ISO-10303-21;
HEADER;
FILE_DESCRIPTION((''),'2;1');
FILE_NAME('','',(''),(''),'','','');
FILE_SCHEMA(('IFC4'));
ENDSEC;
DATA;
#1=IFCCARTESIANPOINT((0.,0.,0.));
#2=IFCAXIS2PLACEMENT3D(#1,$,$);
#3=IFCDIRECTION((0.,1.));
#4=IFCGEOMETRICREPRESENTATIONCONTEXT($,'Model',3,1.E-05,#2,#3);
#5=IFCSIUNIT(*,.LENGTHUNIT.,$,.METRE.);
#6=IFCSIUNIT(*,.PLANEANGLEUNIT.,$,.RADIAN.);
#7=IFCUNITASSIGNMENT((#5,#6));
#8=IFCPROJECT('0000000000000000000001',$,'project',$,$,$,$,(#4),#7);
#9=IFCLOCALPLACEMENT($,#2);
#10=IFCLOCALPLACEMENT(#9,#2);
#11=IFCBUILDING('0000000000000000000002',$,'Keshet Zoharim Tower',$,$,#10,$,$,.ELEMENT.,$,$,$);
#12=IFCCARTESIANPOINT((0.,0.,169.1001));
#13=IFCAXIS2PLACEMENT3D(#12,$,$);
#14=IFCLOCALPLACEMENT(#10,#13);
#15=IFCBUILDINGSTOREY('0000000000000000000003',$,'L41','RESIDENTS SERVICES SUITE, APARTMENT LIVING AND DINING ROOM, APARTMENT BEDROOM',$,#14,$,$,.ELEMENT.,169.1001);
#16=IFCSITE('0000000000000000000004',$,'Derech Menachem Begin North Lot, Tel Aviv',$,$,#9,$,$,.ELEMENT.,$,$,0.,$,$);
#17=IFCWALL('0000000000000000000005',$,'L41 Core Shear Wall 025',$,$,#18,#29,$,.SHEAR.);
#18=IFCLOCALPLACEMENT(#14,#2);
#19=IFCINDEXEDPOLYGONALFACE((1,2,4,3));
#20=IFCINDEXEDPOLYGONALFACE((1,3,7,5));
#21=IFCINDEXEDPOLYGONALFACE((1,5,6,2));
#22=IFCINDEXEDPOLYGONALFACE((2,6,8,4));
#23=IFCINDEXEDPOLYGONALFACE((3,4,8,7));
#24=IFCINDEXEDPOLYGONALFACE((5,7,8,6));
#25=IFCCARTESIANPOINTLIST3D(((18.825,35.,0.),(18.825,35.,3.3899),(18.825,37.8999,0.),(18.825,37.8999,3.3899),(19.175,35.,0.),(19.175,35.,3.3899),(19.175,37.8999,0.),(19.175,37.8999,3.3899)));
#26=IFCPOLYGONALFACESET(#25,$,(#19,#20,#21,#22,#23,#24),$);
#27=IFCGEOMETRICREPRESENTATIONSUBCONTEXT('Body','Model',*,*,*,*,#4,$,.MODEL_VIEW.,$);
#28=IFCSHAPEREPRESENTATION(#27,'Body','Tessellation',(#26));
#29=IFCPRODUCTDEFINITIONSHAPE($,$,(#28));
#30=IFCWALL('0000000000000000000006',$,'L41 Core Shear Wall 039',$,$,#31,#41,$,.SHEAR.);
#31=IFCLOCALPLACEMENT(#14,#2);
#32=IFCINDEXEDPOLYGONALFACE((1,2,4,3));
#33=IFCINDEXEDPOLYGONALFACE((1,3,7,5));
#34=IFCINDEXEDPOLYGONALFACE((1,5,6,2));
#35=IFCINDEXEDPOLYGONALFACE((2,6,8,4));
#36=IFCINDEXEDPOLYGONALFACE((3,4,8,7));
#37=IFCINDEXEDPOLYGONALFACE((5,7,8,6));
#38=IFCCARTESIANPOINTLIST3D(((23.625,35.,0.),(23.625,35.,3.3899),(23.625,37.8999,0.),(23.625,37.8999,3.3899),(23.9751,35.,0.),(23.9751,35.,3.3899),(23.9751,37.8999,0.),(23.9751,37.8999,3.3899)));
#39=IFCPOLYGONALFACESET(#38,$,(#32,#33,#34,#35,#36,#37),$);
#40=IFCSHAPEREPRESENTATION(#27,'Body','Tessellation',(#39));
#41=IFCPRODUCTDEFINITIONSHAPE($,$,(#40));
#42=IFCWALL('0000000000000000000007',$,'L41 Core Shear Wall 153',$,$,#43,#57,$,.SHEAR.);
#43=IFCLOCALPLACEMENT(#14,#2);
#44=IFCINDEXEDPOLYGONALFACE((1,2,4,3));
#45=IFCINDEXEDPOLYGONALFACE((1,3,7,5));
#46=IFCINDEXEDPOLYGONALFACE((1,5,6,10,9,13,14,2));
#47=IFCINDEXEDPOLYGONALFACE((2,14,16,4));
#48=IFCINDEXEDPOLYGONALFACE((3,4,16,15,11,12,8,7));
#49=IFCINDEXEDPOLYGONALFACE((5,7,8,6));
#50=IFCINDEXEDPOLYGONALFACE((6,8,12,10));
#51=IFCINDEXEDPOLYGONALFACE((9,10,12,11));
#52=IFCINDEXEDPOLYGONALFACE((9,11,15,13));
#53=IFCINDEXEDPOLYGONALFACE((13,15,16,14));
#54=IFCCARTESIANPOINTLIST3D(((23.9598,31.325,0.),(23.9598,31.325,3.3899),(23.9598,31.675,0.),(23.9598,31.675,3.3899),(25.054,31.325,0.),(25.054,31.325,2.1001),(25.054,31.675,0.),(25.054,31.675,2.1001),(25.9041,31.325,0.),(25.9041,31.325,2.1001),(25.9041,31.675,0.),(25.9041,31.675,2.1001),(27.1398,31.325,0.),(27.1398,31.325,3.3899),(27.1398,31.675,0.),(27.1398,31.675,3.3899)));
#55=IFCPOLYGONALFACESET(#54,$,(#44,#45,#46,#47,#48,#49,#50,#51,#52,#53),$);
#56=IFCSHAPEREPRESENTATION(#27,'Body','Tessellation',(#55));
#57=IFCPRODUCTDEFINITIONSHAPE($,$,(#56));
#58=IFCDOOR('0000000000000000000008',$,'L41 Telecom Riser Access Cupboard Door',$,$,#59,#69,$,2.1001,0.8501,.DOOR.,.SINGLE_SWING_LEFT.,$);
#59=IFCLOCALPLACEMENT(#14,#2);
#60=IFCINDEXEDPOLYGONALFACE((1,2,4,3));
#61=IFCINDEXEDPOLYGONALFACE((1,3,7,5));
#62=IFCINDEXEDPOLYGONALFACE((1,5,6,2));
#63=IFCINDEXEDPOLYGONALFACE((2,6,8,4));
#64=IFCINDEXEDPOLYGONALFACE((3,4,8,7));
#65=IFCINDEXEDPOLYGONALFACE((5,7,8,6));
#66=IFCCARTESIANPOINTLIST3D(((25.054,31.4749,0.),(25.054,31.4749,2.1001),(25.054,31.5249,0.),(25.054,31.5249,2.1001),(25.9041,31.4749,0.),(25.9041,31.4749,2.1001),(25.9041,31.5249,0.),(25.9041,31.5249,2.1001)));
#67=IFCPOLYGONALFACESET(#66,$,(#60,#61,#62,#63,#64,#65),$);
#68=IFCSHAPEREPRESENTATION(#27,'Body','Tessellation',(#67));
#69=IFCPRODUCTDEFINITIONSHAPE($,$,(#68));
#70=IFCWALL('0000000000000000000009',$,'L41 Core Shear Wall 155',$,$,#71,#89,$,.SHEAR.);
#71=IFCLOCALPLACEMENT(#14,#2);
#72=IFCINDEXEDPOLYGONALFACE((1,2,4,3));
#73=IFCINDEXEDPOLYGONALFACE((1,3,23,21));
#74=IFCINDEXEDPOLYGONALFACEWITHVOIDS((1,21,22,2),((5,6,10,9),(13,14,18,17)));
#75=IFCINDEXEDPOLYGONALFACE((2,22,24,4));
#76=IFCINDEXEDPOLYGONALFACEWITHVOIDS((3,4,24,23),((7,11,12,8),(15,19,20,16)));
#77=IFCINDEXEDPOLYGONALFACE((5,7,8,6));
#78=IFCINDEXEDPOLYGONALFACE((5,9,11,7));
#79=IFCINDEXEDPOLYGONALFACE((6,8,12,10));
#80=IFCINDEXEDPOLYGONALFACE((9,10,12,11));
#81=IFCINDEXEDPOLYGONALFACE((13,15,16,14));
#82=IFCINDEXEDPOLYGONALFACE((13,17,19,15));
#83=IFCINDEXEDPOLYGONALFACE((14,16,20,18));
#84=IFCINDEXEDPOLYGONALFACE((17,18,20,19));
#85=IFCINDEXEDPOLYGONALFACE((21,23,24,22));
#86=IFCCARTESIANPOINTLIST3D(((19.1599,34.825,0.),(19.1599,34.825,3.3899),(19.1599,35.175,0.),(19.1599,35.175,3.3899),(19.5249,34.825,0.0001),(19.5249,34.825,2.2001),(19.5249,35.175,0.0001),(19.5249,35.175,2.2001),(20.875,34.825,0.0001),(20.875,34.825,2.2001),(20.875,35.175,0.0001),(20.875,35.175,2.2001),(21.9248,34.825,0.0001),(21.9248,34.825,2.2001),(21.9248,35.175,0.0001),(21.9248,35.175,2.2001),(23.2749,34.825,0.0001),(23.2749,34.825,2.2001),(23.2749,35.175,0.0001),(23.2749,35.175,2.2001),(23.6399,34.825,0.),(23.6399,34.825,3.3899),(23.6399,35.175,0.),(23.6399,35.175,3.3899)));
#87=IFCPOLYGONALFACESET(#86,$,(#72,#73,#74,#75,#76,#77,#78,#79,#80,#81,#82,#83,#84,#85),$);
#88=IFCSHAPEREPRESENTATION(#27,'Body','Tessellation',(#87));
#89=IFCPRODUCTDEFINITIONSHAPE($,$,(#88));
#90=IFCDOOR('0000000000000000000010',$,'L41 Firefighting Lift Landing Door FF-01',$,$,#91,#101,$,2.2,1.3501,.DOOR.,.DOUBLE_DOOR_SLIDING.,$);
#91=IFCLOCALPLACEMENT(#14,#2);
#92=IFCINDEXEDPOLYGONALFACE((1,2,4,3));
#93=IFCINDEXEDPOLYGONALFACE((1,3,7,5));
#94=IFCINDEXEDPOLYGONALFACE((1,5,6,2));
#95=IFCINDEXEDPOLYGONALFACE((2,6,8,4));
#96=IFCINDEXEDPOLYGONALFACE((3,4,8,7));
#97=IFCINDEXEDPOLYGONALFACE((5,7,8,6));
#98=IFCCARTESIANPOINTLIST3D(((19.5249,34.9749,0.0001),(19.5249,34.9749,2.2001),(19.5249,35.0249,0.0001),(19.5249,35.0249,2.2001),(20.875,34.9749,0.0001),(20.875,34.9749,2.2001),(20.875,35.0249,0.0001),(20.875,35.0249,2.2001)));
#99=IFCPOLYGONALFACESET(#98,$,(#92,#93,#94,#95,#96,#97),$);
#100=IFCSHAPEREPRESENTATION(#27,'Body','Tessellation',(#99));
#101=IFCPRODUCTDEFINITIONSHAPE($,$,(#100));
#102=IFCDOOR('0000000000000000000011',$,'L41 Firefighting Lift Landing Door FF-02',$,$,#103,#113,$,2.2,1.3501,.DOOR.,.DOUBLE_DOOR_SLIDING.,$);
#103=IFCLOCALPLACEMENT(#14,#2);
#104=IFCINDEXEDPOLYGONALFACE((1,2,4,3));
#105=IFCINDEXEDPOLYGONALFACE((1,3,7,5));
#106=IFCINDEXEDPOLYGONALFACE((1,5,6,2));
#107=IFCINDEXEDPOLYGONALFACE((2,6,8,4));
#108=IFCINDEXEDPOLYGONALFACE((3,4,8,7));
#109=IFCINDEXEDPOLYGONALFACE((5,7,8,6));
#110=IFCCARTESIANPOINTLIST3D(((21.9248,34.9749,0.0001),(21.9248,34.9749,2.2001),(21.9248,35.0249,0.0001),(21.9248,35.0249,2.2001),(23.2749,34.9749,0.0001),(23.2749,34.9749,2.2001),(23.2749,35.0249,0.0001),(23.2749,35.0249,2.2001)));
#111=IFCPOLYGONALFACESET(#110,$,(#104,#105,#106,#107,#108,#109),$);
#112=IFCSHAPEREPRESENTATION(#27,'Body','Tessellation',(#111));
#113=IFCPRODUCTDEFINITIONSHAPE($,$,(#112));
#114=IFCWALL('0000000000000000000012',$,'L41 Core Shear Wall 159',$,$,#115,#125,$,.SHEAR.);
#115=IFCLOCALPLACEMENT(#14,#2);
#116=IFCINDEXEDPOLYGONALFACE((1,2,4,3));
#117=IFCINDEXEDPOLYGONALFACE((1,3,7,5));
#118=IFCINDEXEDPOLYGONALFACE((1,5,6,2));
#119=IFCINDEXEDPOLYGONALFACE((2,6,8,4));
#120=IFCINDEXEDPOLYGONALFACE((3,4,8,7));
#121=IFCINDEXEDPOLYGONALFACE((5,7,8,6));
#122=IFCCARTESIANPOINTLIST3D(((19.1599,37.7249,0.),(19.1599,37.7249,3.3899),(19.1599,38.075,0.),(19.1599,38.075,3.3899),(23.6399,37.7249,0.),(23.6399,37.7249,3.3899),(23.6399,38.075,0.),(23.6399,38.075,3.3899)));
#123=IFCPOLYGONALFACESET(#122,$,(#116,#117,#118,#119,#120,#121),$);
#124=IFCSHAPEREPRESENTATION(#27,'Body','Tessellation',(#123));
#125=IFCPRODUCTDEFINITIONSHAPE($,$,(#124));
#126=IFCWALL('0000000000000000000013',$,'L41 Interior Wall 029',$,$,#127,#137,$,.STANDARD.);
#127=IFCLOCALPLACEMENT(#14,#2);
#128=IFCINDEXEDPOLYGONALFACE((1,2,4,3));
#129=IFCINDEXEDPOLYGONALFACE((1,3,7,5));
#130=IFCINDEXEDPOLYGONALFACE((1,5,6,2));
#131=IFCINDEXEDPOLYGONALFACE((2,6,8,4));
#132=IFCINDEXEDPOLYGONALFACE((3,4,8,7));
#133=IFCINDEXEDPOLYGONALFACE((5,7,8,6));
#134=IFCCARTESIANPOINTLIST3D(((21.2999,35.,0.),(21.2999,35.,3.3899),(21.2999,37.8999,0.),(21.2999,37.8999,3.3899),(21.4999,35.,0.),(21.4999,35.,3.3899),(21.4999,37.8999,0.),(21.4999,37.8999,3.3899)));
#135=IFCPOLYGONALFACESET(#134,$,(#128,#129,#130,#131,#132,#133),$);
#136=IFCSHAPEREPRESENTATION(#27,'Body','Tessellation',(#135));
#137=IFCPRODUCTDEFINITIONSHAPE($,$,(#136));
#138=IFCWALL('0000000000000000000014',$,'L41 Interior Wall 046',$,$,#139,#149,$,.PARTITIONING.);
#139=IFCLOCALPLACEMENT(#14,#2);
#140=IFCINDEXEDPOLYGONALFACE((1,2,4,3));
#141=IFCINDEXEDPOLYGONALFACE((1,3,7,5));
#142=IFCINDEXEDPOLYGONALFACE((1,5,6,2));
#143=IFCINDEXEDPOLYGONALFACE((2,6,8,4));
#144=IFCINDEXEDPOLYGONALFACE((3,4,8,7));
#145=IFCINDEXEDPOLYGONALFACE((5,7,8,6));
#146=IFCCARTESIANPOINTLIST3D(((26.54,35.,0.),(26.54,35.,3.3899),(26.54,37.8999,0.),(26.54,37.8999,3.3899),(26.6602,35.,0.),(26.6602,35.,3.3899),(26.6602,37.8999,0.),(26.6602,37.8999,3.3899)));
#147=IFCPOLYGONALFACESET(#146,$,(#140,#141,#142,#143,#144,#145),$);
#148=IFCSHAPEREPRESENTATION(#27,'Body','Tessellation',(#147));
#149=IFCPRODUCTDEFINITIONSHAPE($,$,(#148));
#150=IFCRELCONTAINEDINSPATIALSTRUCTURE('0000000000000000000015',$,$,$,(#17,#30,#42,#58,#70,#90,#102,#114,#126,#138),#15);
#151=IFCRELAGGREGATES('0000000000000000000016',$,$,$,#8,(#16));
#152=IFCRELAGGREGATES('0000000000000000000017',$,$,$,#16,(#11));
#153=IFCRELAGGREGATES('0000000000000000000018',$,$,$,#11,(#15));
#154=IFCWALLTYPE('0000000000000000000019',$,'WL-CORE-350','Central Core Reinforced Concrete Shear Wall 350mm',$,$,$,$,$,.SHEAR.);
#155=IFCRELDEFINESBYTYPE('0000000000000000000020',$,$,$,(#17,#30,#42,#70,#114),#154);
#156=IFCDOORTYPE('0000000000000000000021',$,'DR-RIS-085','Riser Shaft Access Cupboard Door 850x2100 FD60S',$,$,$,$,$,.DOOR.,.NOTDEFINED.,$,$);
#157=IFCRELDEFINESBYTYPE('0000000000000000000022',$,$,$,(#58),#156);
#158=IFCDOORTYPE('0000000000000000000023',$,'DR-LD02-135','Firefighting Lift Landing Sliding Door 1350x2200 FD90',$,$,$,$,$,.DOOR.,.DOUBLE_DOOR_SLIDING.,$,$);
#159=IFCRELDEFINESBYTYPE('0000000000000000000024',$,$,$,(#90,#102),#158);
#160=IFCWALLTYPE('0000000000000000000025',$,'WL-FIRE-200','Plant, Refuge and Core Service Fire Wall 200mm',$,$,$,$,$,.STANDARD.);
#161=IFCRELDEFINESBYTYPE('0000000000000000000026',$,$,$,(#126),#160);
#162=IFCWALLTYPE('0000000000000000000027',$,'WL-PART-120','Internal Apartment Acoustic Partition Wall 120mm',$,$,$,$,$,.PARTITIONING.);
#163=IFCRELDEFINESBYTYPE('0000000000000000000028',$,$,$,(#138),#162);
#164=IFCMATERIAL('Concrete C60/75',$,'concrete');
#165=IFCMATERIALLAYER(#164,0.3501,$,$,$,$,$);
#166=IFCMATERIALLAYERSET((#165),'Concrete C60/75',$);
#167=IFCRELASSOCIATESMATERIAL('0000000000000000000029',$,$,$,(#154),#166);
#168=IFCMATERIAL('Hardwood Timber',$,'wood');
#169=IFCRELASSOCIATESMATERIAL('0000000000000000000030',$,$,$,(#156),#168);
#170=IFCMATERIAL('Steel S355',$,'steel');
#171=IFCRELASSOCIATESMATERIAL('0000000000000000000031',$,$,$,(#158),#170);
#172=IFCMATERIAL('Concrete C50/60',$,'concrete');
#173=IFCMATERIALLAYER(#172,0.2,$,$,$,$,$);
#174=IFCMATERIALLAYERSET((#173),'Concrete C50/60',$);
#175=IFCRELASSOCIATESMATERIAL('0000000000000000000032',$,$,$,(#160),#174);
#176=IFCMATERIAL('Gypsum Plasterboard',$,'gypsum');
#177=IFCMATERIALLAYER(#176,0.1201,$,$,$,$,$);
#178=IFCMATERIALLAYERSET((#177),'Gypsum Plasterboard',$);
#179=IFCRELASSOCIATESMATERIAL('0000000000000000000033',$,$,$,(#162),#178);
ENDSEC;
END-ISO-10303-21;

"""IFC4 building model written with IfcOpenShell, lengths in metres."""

from ifc_helpers import new_model, si_unit, direction, frame, frame_2d, origin, place, context, subcontext, project, spatial, rectangle, extrude, material, layer, layer_set, type_object, element, fill, save


model = new_model("IFC4")

# Units and contexts
model_context = context("Model", 3, precision=1e-05, world=origin(), true_north=direction((0.0, 1.0)))
body_context = subcontext(model_context, "Body", "Model", "MODEL_VIEW")
ifc_project = project(units=[si_unit("LENGTHUNIT", "METRE"), si_unit("PLANEANGLEUNIT", "RADIAN")], contexts=[model_context])

# Site, building, storey
site_placement = place(None, origin())
site = spatial("IfcSite", under=ifc_project, at=site_placement, Name="Derech Menachem Begin North Lot, Tel Aviv", CompositionType="ELEMENT", RefElevation=0.0)
building_placement = place(site_placement, origin())
building = spatial("IfcBuilding", under=site, at=building_placement, Name="Keshet Zoharim Tower", CompositionType="ELEMENT")
storey_placement = place(building_placement, frame((0.0, 0.0, 169.1001)))
storey = spatial("IfcBuildingStorey", under=building, at=storey_placement, Name="L41", Description="RESIDENTS SERVICES SUITE, APARTMENT LIVING AND DINING ROOM, APARTMENT BEDROOM", CompositionType="ELEMENT", Elevation=169.1001)

# Wall
ifc_material_1 = material(Name="Concrete C60/75", Category="concrete")
ifc_layer_1 = layer(ifc_material_1, 0.3501)
ifc_layer_set_1 = layer_set([ifc_layer_1], Name="Concrete C60/75")
wall_type_1 = type_object("IfcWallType", Name="WL-CORE-350", Description="Central Core Reinforced Concrete Shear Wall 350mm", PredefinedType="SHEAR", material=ifc_layer_set_1)
wall_1_placement = place(storey_placement, frame((19.0, 35.0, 0.0), z_axis=(0.0, 0.0, 1.0), x_axis=(0.0, 1.0, 0.0)))
element("IfcWall", 1, at=wall_1_placement, inside=storey, type_object=wall_type_1, Name="L41 Core Shear Wall 025", PredefinedType="SHEAR", context=body_context, shape_type="SweptSolid", body=[
    extrude(rectangle(XDim=2.8999, YDim=0.3501, at=frame_2d((1.45, 0.0))), origin(), (0.0, 0.0, 1.0), 3.3899),
])

# Shared definitions
ifc_material_2 = material(Name="Hardwood Timber", Category="wood")

# Wall
wall_2_placement = place(storey_placement, frame((23.8, 35.0, 0.0), z_axis=(0.0, 0.0, 1.0), x_axis=(0.0, 1.0, 0.0)))
element("IfcWall", 2, at=wall_2_placement, inside=storey, type_object=wall_type_1, Name="L41 Core Shear Wall 039", PredefinedType="SHEAR", context=body_context, shape_type="SweptSolid", body=[
    extrude(rectangle(XDim=2.8999, YDim=0.3501, at=frame_2d((1.45, 0.0))), origin(), (0.0, 0.0, 1.0), 3.3899),
])

# Wall, opening, door
wall_3_placement = place(storey_placement, frame((23.96, 31.5, 0.0), z_axis=(0.0, 0.0, 1.0), x_axis=(1.0, 0.0, 0.0)))
wall_3 = element("IfcWall", 3, at=wall_3_placement, inside=storey, type_object=wall_type_1, Name="L41 Core Shear Wall 153", PredefinedType="SHEAR", context=body_context, shape_type="SweptSolid", body=[
    extrude(rectangle(XDim=3.1799, YDim=0.3501, at=frame_2d((1.5898, 0.0))), origin(), (0.0, 0.0, 1.0), 3.3899),
])
opening_1_placement = place(wall_3_placement, frame((1.094, 0.0, 0.0)))
opening_1 = element("IfcOpeningElement", 4, at=opening_1_placement, cuts=wall_3, PredefinedType="OPENING", context=body_context, shape_type="SweptSolid", body=[
    extrude(rectangle(XDim=0.8501, YDim=2.1001, at=frame_2d((0.425, 1.05))), frame((0.0, 0.1851, 0.0), z_axis=(0.0, -1.0, 0.0), x_axis=(1.0, 0.0, 0.0)), (0.0, 0.0, 1.0), 0.3701),
])
door_type_1 = type_object("IfcDoorType", Name="DR-RIS-085", Description="Riser Shaft Access Cupboard Door 850x2100 FD60S", OperationType="NOTDEFINED", PredefinedType="DOOR", material=ifc_material_2)
door_1_placement = place(opening_1_placement, origin())
door_1 = element("IfcDoor", 5, at=door_1_placement, inside=storey, type_object=door_type_1, Name="L41 Telecom Riser Access Cupboard Door", OperationType="SINGLE_SWING_LEFT", OverallHeight=2.1001, OverallWidth=0.8501, PredefinedType="DOOR", context=body_context, shape_type="SweptSolid", body=[
    extrude(rectangle(XDim=0.8501, YDim=2.1001, at=frame_2d((0.425, 1.05))), frame((0.0, 0.0249, 0.0), z_axis=(0.0, -1.0, 0.0), x_axis=(1.0, 0.0, 0.0)), (0.0, 0.0, 1.0), 0.05),
])
fill(opening_1, door_1)

# Wall, openings, doors
wall_4_placement = place(storey_placement, frame((19.1599, 35.0, 0.0), z_axis=(0.0, 0.0, 1.0), x_axis=(1.0, 0.0, 0.0)))
wall_4 = element("IfcWall", 6, at=wall_4_placement, inside=storey, type_object=wall_type_1, Name="L41 Core Shear Wall 155", PredefinedType="SHEAR", context=body_context, shape_type="SweptSolid", body=[
    extrude(rectangle(XDim=4.48, YDim=0.3501, at=frame_2d((2.24, 0.0))), origin(), (0.0, 0.0, 1.0), 3.3899),
])
opening_2_placement = place(wall_4_placement, frame((0.365, 0.0, 0.0)))
opening_2 = element("IfcOpeningElement", 7, at=opening_2_placement, cuts=wall_4, PredefinedType="OPENING", context=body_context, shape_type="SweptSolid", body=[
    extrude(rectangle(XDim=1.3501, YDim=2.2, at=frame_2d((0.675, 1.1001))), frame((0.0, 0.1851, 0.0), z_axis=(0.0, -1.0, 0.0), x_axis=(1.0, 0.0, 0.0)), (0.0, 0.0, 1.0), 0.3701),
])
opening_3_placement = place(wall_4_placement, frame((2.7649, 0.0, 0.0)))
opening_3 = element("IfcOpeningElement", 8, at=opening_3_placement, cuts=wall_4, PredefinedType="OPENING", context=body_context, shape_type="SweptSolid", body=[
    extrude(rectangle(XDim=1.3501, YDim=2.2, at=frame_2d((0.675, 1.1001))), frame((0.0, 0.1851, 0.0), z_axis=(0.0, -1.0, 0.0), x_axis=(1.0, 0.0, 0.0)), (0.0, 0.0, 1.0), 0.3701),
])
ifc_material_3 = material(Name="Steel S355", Category="steel")
door_type_2 = type_object("IfcDoorType", Name="DR-LD02-135", Description="Firefighting Lift Landing Sliding Door 1350x2200 FD90", OperationType="DOUBLE_DOOR_SLIDING", PredefinedType="DOOR", material=ifc_material_3)
door_2_placement = place(opening_2_placement, origin())
door_2 = element("IfcDoor", 9, at=door_2_placement, inside=storey, type_object=door_type_2, Name="L41 Firefighting Lift Landing Door FF-01", OperationType="DOUBLE_DOOR_SLIDING", OverallHeight=2.2, OverallWidth=1.3501, PredefinedType="DOOR", context=body_context, shape_type="SweptSolid", body=[
    extrude(rectangle(XDim=1.3501, YDim=2.2, at=frame_2d((0.675, 1.1001))), frame((0.0, 0.0249, 0.0), z_axis=(0.0, -1.0, 0.0), x_axis=(1.0, 0.0, 0.0)), (0.0, 0.0, 1.0), 0.05),
])
fill(opening_2, door_2)
door_3_placement = place(opening_3_placement, origin())
door_3 = element("IfcDoor", 10, at=door_3_placement, inside=storey, type_object=door_type_2, Name="L41 Firefighting Lift Landing Door FF-02", OperationType="DOUBLE_DOOR_SLIDING", OverallHeight=2.2, OverallWidth=1.3501, PredefinedType="DOOR", context=body_context, shape_type="SweptSolid", body=[
    extrude(rectangle(XDim=1.3501, YDim=2.2, at=frame_2d((0.675, 1.1001))), frame((0.0, 0.0249, 0.0), z_axis=(0.0, -1.0, 0.0), x_axis=(1.0, 0.0, 0.0)), (0.0, 0.0, 1.0), 0.05),
])
fill(opening_3, door_3)

# Walls
wall_5_placement = place(storey_placement, frame((19.1599, 37.8999, 0.0), z_axis=(0.0, 0.0, 1.0), x_axis=(1.0, 0.0, 0.0)))
element("IfcWall", 11, at=wall_5_placement, inside=storey, type_object=wall_type_1, Name="L41 Core Shear Wall 159", PredefinedType="SHEAR", context=body_context, shape_type="SweptSolid", body=[
    extrude(rectangle(XDim=4.48, YDim=0.3501, at=frame_2d((2.24, 0.0))), origin(), (0.0, 0.0, 1.0), 3.3899),
])
ifc_material_4 = material(Name="Concrete C50/60", Category="concrete")
ifc_layer_2 = layer(ifc_material_4, 0.2)
ifc_layer_set_2 = layer_set([ifc_layer_2], Name="Concrete C50/60")
wall_type_2 = type_object("IfcWallType", Name="WL-FIRE-200", Description="Plant, Refuge and Core Service Fire Wall 200mm", PredefinedType="STANDARD", material=ifc_layer_set_2)
wall_6_placement = place(storey_placement, frame((21.3999, 35.0, 0.0), z_axis=(0.0, 0.0, 1.0), x_axis=(0.0, 1.0, 0.0)))
element("IfcWall", 12, at=wall_6_placement, inside=storey, type_object=wall_type_2, Name="L41 Interior Wall 029", PredefinedType="STANDARD", context=body_context, shape_type="SweptSolid", body=[
    extrude(rectangle(XDim=2.8999, YDim=0.2, at=frame_2d((1.45, 0.0))), origin(), (0.0, 0.0, 1.0), 3.3899),
])
ifc_material_5 = material(Name="Gypsum Plasterboard", Category="gypsum")
ifc_layer_3 = layer(ifc_material_5, 0.1201)
ifc_layer_set_3 = layer_set([ifc_layer_3], Name="Gypsum Plasterboard")
wall_type_3 = type_object("IfcWallType", Name="WL-PART-120", Description="Internal Apartment Acoustic Partition Wall 120mm", PredefinedType="PARTITIONING", material=ifc_layer_set_3)
wall_7_placement = place(storey_placement, frame((26.6001, 35.0, 0.0), z_axis=(0.0, 0.0, 1.0), x_axis=(0.0, 1.0, 0.0)))
element("IfcWall", 13, at=wall_7_placement, inside=storey, type_object=wall_type_3, Name="L41 Interior Wall 046", PredefinedType="PARTITIONING", context=body_context, shape_type="SweptSolid", body=[
    extrude(rectangle(XDim=2.8999, YDim=0.1201, at=frame_2d((1.45, 0.0))), origin(), (0.0, 0.0, 1.0), 3.3899),
])

save(model, "model.ifc")
